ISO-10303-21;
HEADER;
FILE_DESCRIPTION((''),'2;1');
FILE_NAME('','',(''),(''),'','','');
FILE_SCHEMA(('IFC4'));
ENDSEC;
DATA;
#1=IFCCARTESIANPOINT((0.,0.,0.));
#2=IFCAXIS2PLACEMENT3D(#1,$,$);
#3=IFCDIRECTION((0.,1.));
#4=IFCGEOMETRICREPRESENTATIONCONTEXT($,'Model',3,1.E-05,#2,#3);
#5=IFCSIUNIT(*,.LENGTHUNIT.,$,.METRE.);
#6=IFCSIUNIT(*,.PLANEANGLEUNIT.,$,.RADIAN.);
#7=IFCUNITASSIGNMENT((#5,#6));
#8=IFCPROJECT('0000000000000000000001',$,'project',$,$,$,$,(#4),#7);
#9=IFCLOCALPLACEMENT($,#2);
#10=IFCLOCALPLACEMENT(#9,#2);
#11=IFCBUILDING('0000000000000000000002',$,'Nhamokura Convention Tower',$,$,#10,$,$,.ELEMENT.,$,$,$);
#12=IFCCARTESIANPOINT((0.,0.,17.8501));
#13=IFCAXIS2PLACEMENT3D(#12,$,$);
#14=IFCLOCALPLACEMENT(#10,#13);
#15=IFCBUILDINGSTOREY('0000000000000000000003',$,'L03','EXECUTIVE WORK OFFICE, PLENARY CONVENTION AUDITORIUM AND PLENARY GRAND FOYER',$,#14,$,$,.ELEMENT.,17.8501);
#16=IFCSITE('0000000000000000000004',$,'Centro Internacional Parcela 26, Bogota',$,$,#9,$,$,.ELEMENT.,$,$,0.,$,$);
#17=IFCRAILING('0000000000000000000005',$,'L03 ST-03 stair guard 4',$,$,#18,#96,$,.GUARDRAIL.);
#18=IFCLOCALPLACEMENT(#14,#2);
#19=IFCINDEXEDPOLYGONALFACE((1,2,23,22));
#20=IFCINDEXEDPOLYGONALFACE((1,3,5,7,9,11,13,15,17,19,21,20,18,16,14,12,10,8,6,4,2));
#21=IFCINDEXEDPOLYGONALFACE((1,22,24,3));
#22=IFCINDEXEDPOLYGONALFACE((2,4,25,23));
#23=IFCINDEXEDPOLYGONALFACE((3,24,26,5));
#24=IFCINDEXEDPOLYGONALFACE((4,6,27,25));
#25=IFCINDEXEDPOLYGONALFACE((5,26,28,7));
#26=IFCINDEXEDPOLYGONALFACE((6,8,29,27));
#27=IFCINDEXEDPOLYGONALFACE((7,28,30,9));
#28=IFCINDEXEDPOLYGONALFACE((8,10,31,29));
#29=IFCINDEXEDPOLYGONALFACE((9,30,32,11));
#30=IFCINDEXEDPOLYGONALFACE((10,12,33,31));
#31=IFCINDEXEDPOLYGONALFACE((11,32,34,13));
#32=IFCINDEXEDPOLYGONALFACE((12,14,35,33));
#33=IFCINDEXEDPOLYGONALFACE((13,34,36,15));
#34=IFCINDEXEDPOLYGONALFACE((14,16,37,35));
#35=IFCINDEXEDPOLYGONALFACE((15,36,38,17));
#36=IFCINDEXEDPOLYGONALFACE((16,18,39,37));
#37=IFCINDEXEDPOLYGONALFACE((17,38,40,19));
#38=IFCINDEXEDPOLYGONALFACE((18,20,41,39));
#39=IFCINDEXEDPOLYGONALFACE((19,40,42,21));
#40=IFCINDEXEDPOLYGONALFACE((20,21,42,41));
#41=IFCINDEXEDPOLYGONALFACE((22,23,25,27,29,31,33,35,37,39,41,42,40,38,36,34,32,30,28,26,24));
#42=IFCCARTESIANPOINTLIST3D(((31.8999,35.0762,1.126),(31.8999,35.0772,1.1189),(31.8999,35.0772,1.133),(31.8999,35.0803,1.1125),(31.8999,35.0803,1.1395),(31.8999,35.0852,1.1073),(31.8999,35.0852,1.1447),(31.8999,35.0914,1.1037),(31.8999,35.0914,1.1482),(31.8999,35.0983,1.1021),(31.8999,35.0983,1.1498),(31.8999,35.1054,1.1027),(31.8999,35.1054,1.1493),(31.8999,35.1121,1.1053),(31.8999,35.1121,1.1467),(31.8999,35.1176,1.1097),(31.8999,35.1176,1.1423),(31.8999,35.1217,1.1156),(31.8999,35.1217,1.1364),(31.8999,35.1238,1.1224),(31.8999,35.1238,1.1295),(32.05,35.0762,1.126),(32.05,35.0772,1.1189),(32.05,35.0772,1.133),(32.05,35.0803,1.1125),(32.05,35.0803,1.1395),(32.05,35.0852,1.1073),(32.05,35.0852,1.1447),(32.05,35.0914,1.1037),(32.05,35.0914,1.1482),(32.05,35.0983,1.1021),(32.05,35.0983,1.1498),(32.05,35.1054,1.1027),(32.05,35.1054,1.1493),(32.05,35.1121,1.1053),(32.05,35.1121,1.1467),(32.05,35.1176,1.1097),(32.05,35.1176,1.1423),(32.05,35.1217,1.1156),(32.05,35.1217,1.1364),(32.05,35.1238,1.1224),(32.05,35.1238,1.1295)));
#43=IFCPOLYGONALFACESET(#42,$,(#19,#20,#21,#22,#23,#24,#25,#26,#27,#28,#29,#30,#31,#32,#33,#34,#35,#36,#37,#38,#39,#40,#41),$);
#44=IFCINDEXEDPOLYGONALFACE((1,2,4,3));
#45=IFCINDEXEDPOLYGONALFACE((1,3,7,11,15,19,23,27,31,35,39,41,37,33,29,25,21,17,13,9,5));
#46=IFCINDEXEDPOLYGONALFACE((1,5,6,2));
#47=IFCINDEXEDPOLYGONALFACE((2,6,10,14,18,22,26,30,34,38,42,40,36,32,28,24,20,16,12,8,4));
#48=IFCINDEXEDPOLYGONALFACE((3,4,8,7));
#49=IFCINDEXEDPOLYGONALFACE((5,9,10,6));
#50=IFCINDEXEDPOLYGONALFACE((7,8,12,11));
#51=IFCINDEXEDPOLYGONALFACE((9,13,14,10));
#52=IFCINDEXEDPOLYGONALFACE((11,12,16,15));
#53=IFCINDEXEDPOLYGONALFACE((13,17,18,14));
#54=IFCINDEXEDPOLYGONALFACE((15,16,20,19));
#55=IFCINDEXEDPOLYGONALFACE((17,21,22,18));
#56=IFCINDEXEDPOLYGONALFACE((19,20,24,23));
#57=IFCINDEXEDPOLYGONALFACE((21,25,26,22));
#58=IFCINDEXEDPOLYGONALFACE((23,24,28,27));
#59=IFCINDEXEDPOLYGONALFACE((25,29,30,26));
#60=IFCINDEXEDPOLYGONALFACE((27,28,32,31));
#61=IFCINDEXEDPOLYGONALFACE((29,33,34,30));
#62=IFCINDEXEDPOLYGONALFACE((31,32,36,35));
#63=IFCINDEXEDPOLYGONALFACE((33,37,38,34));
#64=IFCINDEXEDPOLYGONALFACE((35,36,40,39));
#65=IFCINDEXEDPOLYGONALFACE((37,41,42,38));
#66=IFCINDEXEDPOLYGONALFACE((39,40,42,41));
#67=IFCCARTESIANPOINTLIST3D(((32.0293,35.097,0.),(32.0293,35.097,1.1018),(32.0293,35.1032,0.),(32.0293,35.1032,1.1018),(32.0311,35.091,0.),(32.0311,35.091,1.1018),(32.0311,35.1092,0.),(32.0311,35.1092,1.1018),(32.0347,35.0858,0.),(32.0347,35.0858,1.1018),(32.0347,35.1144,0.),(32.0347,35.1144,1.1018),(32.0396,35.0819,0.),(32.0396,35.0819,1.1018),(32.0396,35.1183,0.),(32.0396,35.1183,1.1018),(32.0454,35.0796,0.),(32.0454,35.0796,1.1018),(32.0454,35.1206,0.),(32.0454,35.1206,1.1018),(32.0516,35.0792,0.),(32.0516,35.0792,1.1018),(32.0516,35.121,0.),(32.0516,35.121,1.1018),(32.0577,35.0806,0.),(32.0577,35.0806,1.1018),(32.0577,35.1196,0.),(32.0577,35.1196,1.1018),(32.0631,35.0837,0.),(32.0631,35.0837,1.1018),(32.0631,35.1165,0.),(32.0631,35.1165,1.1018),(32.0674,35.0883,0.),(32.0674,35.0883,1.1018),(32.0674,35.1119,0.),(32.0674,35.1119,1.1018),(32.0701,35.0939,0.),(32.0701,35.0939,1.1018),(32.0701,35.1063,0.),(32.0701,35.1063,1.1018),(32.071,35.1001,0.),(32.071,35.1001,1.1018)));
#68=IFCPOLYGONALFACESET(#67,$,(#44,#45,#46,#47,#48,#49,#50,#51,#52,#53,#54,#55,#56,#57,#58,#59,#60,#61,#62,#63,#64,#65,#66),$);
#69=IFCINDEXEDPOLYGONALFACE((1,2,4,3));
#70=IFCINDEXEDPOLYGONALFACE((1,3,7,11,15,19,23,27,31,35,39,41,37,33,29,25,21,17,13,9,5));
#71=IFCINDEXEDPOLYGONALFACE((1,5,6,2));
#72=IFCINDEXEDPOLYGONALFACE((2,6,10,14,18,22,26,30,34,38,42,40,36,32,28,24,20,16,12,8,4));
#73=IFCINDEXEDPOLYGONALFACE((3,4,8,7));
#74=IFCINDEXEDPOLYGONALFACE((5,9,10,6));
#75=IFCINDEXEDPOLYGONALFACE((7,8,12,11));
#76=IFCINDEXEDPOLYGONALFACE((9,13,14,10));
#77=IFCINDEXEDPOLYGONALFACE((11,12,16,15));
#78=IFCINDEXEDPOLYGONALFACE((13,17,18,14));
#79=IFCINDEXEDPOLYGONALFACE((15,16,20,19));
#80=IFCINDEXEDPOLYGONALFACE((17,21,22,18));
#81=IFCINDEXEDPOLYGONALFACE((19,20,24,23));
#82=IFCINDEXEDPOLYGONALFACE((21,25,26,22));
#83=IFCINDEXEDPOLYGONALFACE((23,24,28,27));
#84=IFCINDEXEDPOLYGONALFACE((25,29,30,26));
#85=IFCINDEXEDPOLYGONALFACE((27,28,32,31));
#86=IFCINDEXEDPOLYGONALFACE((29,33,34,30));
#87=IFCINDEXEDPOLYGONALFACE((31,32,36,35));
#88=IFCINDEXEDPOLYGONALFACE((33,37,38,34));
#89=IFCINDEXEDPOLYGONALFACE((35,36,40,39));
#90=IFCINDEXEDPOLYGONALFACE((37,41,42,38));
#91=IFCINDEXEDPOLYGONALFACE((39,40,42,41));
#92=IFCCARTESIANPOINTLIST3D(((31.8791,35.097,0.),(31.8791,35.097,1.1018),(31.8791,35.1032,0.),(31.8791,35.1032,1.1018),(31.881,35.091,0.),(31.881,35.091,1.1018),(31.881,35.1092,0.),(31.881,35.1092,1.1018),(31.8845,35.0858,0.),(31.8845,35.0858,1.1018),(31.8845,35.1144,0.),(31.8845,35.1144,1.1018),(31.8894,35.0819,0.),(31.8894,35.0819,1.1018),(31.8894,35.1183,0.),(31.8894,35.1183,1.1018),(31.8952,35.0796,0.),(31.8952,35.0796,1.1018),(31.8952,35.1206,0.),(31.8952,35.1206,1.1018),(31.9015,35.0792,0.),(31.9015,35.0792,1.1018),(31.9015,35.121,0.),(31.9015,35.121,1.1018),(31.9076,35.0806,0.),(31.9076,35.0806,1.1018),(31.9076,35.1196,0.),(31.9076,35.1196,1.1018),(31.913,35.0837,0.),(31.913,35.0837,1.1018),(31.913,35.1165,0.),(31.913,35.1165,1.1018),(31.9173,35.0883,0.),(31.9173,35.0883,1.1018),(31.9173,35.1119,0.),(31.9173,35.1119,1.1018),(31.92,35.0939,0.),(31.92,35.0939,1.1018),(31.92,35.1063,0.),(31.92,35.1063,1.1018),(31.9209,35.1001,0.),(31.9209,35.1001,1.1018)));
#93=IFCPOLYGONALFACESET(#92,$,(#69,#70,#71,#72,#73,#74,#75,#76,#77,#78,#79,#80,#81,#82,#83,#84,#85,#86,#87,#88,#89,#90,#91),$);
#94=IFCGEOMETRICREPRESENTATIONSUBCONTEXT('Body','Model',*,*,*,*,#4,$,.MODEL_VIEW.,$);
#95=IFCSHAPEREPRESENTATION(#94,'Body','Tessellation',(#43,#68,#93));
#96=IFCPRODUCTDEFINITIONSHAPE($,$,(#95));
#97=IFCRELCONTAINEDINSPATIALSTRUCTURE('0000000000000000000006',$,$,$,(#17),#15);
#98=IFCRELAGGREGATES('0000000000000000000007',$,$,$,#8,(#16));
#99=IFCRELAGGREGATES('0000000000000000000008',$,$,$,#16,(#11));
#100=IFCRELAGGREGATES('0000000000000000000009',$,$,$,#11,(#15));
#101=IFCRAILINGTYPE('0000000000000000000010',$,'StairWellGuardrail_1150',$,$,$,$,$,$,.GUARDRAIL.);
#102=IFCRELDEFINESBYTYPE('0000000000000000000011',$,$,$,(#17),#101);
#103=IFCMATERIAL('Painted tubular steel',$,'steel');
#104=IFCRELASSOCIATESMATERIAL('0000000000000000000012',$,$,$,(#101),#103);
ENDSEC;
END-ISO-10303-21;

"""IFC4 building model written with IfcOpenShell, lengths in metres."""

from ifc_helpers import new_model, si_unit, direction, frame, origin, origin_2d, place, context, subcontext, project, spatial, circle, extrude, material, type_object, element, save


model = new_model("IFC4")

# Units and contexts
model_context = context("Model", 3, precision=1e-05, world=origin(), true_north=direction((0.0, 1.0)))
body_context = subcontext(model_context, "Body", "Model", "MODEL_VIEW")
ifc_project = project(units=[si_unit("LENGTHUNIT", "METRE"), si_unit("PLANEANGLEUNIT", "RADIAN")], contexts=[model_context])

# Site, building, storey
site_placement = place(None, origin())
site = spatial("IfcSite", under=ifc_project, at=site_placement, Name="Centro Internacional Parcela 26, Bogota", CompositionType="ELEMENT", RefElevation=0.0)
building_placement = place(site_placement, origin())
building = spatial("IfcBuilding", under=site, at=building_placement, Name="Nhamokura Convention Tower", CompositionType="ELEMENT")
storey_placement = place(building_placement, frame((0.0, 0.0, 17.8501)))
storey = spatial("IfcBuildingStorey", under=building, at=storey_placement, Name="L03", Description="EXECUTIVE WORK OFFICE, PLENARY CONVENTION AUDITORIUM AND PLENARY GRAND FOYER", CompositionType="ELEMENT", Elevation=17.8501)

# Railing
ifc_material_1 = material(Name="Painted tubular steel", Category="steel")
railing_type_1 = type_object("IfcRailingType", Name="StairWellGuardrail_1150", PredefinedType="GUARDRAIL", material=ifc_material_1)
railing_1_placement = place(storey_placement, frame((32.05, 35.1001, 0.0)))
element("IfcRailing", 1, at=railing_1_placement, inside=storey, type_object=railing_type_1, Name="L03 ST-03 stair guard 4", PredefinedType="GUARDRAIL", context=body_context, shape_type="SweptSolid", body=[
    extrude(circle(Radius=0.0239, at=origin_2d()), frame((0.0, 0.0, 1.126), z_axis=(-1.0, 0.0, 0.0), x_axis=(0.0, -1.0, 0.0)), (0.0, 0.0, 1.0), 0.1501),
    extrude(circle(Radius=0.021, at=origin_2d()), origin(), (0.0, 0.0, 1.0), 1.1018),
    extrude(circle(Radius=0.021, at=origin_2d()), frame((-0.1501, 0.0, 0.0)), (0.0, 0.0, 1.0), 1.1018),
])

save(model, "model.ifc")
